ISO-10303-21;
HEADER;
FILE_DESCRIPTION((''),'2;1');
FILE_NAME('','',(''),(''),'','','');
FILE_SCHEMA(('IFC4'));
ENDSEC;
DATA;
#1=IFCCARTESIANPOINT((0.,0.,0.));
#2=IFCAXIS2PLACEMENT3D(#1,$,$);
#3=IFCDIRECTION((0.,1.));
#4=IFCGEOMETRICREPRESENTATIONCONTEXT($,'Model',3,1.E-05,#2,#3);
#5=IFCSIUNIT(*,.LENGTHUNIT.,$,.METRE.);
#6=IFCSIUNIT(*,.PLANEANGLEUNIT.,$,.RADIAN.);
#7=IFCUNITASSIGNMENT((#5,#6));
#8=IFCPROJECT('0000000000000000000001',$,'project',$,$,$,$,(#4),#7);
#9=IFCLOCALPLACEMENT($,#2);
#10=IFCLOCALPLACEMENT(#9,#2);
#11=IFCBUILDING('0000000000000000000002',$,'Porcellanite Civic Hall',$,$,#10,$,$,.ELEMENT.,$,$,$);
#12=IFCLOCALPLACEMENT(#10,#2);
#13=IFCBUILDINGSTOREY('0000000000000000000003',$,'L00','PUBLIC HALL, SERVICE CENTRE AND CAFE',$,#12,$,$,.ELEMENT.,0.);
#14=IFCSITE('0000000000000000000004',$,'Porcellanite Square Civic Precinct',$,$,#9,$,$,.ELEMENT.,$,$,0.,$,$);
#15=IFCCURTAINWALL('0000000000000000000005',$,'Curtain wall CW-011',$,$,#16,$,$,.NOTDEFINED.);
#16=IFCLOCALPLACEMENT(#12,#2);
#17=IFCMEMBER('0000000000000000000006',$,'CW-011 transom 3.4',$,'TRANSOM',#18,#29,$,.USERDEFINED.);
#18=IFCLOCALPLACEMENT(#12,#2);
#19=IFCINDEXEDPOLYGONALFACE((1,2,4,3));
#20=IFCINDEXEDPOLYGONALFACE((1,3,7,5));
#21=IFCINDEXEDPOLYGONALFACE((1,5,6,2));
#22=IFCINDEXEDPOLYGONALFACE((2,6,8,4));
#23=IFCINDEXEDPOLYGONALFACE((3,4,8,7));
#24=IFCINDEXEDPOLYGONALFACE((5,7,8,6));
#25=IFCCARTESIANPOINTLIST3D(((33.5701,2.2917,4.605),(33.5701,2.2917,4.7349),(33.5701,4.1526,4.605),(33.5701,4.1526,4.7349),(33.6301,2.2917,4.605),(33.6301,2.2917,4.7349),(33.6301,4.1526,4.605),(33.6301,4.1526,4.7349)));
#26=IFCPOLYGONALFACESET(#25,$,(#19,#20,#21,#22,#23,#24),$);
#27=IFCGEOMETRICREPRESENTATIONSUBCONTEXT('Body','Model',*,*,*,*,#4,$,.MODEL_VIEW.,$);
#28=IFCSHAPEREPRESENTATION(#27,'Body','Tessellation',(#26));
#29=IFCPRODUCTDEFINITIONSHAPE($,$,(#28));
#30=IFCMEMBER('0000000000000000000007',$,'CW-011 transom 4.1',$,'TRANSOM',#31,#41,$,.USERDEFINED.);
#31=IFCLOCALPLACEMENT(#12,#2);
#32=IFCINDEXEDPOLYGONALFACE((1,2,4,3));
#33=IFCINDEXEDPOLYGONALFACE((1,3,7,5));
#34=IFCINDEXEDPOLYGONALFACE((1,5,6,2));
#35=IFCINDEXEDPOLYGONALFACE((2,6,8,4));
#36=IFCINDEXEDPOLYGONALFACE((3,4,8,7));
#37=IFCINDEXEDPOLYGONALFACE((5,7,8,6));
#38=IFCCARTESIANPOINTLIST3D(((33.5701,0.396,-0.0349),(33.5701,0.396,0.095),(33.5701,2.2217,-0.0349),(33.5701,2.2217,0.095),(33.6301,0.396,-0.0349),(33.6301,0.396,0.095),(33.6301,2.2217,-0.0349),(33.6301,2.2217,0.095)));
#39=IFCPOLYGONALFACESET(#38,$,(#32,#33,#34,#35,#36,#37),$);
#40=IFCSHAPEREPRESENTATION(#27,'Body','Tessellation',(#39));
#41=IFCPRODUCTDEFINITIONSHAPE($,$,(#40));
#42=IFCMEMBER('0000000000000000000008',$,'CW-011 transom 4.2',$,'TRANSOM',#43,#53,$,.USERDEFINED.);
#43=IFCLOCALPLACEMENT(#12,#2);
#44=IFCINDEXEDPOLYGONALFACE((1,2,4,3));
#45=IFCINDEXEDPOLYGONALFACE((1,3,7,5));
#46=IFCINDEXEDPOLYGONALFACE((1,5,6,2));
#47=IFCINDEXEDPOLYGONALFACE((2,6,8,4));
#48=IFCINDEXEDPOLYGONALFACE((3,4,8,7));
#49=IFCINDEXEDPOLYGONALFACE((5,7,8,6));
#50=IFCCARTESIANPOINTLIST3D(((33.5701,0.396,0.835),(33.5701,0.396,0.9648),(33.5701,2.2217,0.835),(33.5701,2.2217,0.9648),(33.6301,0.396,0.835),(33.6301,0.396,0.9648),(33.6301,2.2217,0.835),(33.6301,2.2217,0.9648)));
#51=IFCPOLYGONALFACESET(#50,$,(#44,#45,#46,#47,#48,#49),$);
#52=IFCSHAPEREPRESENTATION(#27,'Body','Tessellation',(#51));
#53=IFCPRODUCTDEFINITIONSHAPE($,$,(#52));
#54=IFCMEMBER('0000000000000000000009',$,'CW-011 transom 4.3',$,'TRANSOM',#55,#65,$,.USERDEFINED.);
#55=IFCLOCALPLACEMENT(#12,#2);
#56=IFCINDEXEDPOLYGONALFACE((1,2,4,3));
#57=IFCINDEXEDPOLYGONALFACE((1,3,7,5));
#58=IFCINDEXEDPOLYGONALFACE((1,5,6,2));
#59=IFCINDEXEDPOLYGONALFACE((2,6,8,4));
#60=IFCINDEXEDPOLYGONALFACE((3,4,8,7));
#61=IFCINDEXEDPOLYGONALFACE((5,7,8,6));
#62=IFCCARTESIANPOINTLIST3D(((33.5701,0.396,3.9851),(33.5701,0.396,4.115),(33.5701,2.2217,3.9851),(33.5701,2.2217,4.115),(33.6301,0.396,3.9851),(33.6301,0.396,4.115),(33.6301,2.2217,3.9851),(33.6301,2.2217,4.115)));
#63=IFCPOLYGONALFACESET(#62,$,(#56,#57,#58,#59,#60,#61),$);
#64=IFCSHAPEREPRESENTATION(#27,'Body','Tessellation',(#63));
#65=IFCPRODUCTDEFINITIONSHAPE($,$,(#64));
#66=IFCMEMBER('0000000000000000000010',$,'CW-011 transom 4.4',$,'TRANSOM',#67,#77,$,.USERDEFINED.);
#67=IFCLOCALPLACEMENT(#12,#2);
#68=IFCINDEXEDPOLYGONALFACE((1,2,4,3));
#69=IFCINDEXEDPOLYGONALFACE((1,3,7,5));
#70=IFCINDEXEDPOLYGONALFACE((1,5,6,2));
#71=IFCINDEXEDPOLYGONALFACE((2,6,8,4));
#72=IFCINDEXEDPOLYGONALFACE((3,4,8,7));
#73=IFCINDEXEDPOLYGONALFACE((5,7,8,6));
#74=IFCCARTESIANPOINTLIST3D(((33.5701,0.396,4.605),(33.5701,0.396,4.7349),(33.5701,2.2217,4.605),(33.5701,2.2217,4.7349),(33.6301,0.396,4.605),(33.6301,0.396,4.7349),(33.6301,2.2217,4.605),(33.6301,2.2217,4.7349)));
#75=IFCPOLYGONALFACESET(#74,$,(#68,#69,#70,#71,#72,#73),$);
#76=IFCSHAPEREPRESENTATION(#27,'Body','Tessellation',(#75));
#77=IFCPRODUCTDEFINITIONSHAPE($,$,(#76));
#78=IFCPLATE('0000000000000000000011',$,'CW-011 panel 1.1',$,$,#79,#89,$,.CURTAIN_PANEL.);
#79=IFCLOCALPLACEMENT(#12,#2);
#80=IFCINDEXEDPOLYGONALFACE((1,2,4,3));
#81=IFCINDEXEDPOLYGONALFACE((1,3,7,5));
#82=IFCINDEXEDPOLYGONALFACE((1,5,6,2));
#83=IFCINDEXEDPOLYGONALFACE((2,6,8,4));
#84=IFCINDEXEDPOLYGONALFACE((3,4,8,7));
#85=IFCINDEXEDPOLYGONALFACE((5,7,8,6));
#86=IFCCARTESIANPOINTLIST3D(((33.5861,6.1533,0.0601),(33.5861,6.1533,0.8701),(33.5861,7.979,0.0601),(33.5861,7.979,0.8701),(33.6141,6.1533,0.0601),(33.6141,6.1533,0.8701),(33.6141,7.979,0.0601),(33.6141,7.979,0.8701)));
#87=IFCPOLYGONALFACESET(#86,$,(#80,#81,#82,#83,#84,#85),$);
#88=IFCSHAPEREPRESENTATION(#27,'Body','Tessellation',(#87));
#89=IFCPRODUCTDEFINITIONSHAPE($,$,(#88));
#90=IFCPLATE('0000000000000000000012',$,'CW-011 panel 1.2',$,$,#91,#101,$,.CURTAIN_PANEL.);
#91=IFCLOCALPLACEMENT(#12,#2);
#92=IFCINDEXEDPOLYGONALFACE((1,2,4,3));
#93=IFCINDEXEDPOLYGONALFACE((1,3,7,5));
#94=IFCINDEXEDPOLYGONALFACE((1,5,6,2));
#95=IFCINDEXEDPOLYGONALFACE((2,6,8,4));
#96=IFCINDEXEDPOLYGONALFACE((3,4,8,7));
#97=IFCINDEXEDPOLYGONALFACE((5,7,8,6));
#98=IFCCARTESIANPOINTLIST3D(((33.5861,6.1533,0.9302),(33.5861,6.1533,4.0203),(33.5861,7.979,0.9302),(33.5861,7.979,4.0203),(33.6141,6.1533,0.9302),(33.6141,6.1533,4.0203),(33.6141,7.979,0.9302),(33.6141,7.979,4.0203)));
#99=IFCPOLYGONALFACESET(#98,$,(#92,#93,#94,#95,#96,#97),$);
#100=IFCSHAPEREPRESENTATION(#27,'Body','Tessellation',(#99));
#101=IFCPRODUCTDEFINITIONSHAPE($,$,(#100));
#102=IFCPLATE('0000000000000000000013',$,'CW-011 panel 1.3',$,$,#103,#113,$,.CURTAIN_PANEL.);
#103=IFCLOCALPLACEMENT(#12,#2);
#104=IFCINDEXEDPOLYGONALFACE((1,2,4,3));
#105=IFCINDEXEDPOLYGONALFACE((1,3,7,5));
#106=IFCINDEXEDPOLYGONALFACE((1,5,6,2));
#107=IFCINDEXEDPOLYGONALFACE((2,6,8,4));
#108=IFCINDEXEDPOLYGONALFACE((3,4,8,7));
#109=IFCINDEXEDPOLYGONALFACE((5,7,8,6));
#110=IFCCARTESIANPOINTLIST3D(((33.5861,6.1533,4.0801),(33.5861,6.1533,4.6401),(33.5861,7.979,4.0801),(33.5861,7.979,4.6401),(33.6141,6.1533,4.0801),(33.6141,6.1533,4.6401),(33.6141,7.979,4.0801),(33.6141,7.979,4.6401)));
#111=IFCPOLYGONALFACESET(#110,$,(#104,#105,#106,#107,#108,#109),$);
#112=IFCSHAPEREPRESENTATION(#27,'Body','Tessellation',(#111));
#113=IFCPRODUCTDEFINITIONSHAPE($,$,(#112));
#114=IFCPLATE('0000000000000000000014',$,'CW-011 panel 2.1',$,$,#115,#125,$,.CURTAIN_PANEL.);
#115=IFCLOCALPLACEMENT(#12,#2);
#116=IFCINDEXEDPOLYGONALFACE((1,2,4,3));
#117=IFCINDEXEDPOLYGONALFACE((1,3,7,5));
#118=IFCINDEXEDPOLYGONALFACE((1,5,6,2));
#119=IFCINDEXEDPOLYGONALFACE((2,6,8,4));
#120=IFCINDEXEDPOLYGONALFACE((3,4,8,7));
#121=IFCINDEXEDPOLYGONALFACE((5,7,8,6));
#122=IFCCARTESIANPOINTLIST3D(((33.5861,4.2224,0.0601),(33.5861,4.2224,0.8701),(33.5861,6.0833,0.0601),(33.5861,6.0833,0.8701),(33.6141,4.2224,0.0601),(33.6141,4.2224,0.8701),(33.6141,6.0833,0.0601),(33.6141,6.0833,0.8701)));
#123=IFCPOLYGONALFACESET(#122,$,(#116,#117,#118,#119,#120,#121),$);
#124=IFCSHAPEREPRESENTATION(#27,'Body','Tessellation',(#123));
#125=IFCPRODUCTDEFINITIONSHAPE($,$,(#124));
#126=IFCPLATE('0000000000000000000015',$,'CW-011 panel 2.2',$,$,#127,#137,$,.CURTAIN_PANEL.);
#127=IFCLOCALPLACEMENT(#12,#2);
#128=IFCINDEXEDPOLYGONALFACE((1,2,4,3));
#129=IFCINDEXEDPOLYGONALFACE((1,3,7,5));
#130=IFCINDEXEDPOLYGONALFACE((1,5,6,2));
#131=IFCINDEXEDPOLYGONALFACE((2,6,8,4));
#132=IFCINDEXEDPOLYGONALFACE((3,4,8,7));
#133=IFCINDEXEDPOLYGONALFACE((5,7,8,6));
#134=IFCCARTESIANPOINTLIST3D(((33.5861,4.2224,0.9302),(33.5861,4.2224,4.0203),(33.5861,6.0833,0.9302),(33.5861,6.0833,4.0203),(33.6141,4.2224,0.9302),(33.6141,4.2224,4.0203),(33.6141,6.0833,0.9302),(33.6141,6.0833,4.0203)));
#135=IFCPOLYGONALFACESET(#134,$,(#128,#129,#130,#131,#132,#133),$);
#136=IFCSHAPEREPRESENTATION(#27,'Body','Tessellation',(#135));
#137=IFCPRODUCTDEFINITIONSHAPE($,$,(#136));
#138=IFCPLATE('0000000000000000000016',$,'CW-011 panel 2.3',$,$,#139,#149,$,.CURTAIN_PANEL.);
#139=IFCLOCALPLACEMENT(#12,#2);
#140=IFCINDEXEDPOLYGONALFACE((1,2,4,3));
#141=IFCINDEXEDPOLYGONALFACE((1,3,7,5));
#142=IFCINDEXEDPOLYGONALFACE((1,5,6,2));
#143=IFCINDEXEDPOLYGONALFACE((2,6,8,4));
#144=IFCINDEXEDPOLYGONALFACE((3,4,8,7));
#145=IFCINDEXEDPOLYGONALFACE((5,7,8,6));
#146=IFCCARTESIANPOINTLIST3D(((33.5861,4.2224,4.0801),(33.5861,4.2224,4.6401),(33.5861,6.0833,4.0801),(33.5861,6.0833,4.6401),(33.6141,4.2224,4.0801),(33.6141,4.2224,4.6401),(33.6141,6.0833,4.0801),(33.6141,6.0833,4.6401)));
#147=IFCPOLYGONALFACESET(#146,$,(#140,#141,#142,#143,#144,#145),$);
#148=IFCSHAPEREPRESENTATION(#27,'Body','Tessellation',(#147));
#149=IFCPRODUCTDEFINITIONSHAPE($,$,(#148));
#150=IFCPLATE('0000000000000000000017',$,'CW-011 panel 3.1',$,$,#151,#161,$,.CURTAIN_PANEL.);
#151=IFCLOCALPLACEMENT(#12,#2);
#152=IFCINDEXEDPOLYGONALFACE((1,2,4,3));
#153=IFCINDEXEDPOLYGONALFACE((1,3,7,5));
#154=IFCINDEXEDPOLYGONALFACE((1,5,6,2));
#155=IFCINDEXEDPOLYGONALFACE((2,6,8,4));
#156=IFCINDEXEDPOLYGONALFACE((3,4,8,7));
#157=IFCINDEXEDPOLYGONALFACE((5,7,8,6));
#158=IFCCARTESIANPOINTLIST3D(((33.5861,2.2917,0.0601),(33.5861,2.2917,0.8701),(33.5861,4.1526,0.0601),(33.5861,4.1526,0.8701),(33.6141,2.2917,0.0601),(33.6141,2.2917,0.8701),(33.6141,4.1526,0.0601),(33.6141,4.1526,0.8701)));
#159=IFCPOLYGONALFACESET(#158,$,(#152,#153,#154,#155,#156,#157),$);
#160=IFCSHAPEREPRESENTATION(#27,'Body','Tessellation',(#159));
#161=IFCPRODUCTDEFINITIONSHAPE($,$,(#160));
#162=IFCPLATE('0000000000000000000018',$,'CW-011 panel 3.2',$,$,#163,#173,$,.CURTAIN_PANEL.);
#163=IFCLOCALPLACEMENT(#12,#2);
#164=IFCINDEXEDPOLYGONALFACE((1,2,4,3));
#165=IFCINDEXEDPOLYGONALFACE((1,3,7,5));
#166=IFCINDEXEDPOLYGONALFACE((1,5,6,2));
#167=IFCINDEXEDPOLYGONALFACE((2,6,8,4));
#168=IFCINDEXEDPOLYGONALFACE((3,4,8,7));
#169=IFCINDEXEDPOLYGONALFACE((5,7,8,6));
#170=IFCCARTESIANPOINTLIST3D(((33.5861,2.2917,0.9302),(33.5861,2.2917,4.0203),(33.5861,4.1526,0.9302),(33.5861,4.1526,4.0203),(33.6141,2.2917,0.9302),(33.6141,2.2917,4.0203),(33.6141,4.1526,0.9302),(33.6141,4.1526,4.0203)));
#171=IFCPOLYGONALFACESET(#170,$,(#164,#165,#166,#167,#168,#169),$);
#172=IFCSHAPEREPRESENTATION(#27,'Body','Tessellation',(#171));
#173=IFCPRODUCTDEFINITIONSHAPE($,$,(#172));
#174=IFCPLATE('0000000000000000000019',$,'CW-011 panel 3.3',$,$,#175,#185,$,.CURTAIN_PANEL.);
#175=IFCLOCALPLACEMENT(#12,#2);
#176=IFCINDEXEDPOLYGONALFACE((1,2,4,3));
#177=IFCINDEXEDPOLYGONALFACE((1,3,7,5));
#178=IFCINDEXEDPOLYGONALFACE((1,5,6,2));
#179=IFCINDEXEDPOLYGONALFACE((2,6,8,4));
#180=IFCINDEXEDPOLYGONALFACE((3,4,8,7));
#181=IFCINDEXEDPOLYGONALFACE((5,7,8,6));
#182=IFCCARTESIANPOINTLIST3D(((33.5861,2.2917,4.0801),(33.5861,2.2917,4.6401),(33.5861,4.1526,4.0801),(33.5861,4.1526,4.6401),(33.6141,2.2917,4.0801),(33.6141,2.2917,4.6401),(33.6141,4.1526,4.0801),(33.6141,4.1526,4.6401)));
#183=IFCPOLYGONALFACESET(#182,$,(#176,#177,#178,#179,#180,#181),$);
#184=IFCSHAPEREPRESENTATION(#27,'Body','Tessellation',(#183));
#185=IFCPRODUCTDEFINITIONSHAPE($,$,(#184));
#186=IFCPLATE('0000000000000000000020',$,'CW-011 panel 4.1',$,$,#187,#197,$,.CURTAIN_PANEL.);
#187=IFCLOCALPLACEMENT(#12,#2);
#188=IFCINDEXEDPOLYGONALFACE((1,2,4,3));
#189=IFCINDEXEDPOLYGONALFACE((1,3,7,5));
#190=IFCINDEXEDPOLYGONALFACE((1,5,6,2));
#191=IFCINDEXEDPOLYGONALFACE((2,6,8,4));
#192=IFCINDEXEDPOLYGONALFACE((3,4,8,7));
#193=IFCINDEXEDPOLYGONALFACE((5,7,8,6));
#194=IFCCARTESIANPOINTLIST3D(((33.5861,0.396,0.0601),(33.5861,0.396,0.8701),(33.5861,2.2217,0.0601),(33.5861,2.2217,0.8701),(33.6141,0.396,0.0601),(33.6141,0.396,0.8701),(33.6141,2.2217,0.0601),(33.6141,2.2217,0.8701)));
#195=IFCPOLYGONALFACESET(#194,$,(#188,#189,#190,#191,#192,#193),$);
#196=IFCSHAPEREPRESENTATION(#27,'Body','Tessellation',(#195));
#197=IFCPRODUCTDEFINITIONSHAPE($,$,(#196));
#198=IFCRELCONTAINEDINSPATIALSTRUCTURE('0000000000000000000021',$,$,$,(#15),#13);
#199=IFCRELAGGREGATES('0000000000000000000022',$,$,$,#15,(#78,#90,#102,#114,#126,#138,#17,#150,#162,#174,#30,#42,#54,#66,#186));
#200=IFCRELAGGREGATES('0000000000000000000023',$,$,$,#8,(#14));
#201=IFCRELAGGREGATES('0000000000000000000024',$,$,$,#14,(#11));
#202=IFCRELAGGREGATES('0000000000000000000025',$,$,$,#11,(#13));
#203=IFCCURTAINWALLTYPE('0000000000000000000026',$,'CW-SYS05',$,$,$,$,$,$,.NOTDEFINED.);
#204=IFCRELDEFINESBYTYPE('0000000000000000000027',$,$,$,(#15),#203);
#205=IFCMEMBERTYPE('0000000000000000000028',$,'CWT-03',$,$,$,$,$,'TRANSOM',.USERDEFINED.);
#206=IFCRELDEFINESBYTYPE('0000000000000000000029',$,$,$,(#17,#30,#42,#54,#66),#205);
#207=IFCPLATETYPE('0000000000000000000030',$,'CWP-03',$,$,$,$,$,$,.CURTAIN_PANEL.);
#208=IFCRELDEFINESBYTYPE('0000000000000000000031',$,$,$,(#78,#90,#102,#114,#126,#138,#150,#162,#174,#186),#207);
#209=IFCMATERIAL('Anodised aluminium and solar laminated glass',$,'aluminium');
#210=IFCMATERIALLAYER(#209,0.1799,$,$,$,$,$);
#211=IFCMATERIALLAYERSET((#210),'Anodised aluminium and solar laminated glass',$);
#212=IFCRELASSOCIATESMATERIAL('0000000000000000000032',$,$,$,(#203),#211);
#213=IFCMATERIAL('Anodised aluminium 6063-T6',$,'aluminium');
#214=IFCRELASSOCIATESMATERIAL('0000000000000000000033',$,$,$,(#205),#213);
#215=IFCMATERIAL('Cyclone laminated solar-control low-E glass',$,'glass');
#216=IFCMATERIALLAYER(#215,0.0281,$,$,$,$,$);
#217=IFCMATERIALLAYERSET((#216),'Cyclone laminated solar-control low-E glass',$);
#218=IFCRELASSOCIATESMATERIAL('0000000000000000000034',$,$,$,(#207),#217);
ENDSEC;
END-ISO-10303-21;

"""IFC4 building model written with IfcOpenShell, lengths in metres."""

from ifc_helpers import new_model, si_unit, direction, frame, origin, origin_2d, place, context, subcontext, project, spatial, rectangle, extrude, material, layer, layer_set, material_profile, profile_set, type_object, element, aggregate, save


model = new_model("IFC4")

# Units and contexts
model_context = context("Model", 3, precision=1e-05, world=origin(), true_north=direction((0.0, 1.0)))
body_context = subcontext(model_context, "Body", "Model", "MODEL_VIEW")
ifc_project = project(units=[si_unit("LENGTHUNIT", "METRE"), si_unit("PLANEANGLEUNIT", "RADIAN")], contexts=[model_context])

# Site, building, storey
site_placement = place(None, origin())
site = spatial("IfcSite", under=ifc_project, at=site_placement, Name="Porcellanite Square Civic Precinct", CompositionType="ELEMENT", RefElevation=0.0)
building_placement = place(site_placement, origin())
building = spatial("IfcBuilding", under=site, at=building_placement, Name="Porcellanite Civic Hall", CompositionType="ELEMENT")
storey_placement = place(building_placement, origin())
storey = spatial("IfcBuildingStorey", under=building, at=storey_placement, Name="L00", Description="PUBLIC HALL, SERVICE CENTRE AND CAFE", CompositionType="ELEMENT", Elevation=0.0)

# Curtain wall, members, plates
ifc_material_1 = material(Name="Anodised aluminium and solar laminated glass", Category="aluminium")
ifc_layer_1 = layer(ifc_material_1, 0.1799)
ifc_layer_set_1 = layer_set([ifc_layer_1], Name="Anodised aluminium and solar laminated glass")
curtain_wall_type = type_object("IfcCurtainWallType", Name="CW-SYS05", PredefinedType="NOTDEFINED", material=ifc_layer_set_1)
curtain_wall_placement = place(storey_placement, origin())
curtain_wall = element("IfcCurtainWall", 1, at=curtain_wall_placement, inside=storey, type_object=curtain_wall_type, Name="Curtain wall CW-011", PredefinedType="NOTDEFINED")
ifc_material_2 = material(Name="Anodised aluminium 6063-T6", Category="aluminium")
ifc_material_profile_1 = material_profile(ifc_material_2, rectangle(XDim=0.0601, YDim=0.1299, at=origin_2d()), Name="AL-60x130")
ifc_profile_set_1 = profile_set([ifc_material_profile_1], Name="Anodised aluminium 6063-T6")
member_type_1 = type_object("IfcMemberType", Name="CWT-03", ElementType="TRANSOM", PredefinedType="USERDEFINED", material=ifc_profile_set_1)
member_1_placement = place(storey_placement, frame((33.6001, 4.1526, 4.6699), z_axis=(0.0, -1.0, 0.0), x_axis=(1.0, 0.0, 0.0)))
member_1 = element("IfcMember", 2, at=member_1_placement, type_object=member_type_1, Name="CW-011 transom 3.4", ObjectType="TRANSOM", PredefinedType="USERDEFINED", context=body_context, shape_type="SweptSolid", body=[
    extrude(rectangle(XDim=0.0601, YDim=0.1299, at=origin_2d()), origin(), (0.0, 0.0, 1.0), 1.8608),
])
member_2_placement = place(storey_placement, frame((33.6001, 2.2217, 0.03), z_axis=(0.0, -1.0, 0.0), x_axis=(1.0, 0.0, 0.0)))
member_2 = element("IfcMember", 3, at=member_2_placement, type_object=member_type_1, Name="CW-011 transom 4.1", ObjectType="TRANSOM", PredefinedType="USERDEFINED", context=body_context, shape_type="SweptSolid", body=[
    extrude(rectangle(XDim=0.0601, YDim=0.1299, at=origin_2d()), origin(), (0.0, 0.0, 1.0), 1.8257),
])
member_3_placement = place(storey_placement, frame((33.6001, 2.2217, 0.8999), z_axis=(0.0, -1.0, 0.0), x_axis=(1.0, 0.0, 0.0)))
member_3 = element("IfcMember", 4, at=member_3_placement, type_object=member_type_1, Name="CW-011 transom 4.2", ObjectType="TRANSOM", PredefinedType="USERDEFINED", context=body_context, shape_type="SweptSolid", body=[
    extrude(rectangle(XDim=0.0601, YDim=0.1299, at=origin_2d()), origin(), (0.0, 0.0, 1.0), 1.8257),
])
member_4_placement = place(storey_placement, frame((33.6001, 2.2217, 4.05), z_axis=(0.0, -1.0, 0.0), x_axis=(1.0, 0.0, 0.0)))
member_4 = element("IfcMember", 5, at=member_4_placement, type_object=member_type_1, Name="CW-011 transom 4.3", ObjectType="TRANSOM", PredefinedType="USERDEFINED", context=body_context, shape_type="SweptSolid", body=[
    extrude(rectangle(XDim=0.0601, YDim=0.1299, at=origin_2d()), origin(), (0.0, 0.0, 1.0), 1.8257),
])
member_5_placement = place(storey_placement, frame((33.6001, 2.2217, 4.6699), z_axis=(0.0, -1.0, 0.0), x_axis=(1.0, 0.0, 0.0)))
member_5 = element("IfcMember", 6, at=member_5_placement, type_object=member_type_1, Name="CW-011 transom 4.4", ObjectType="TRANSOM", PredefinedType="USERDEFINED", context=body_context, shape_type="SweptSolid", body=[
    extrude(rectangle(XDim=0.0601, YDim=0.1299, at=origin_2d()), origin(), (0.0, 0.0, 1.0), 1.8257),
])
ifc_material_3 = material(Name="Cyclone laminated solar-control low-E glass", Category="glass")
ifc_layer_2 = layer(ifc_material_3, 0.0281)
ifc_layer_set_2 = layer_set([ifc_layer_2], Name="Cyclone laminated solar-control low-E glass")
plate_type = type_object("IfcPlateType", Name="CWP-03", PredefinedType="CURTAIN_PANEL", material=ifc_layer_set_2)
plate_1_placement = place(storey_placement, frame((33.6001, 7.0662, 0.0601), z_axis=(0.0, 0.0, 1.0), x_axis=(0.0, -1.0, 0.0)))
plate_1 = element("IfcPlate", 7, at=plate_1_placement, type_object=plate_type, Name="CW-011 panel 1.1", PredefinedType="CURTAIN_PANEL", context=body_context, shape_type="SweptSolid", body=[
    extrude(rectangle(XDim=1.8257, YDim=0.0281, at=origin_2d()), origin(), (0.0, 0.0, 1.0), 0.8101),
])
plate_2_placement = place(storey_placement, frame((33.6001, 7.0662, 0.9302), z_axis=(0.0, 0.0, 1.0), x_axis=(0.0, -1.0, 0.0)))
plate_2 = element("IfcPlate", 8, at=plate_2_placement, type_object=plate_type, Name="CW-011 panel 1.2", PredefinedType="CURTAIN_PANEL", context=body_context, shape_type="SweptSolid", body=[
    extrude(rectangle(XDim=1.8257, YDim=0.0281, at=origin_2d()), origin(), (0.0, 0.0, 1.0), 3.0901),
])
plate_3_placement = place(storey_placement, frame((33.6001, 7.0662, 4.0801), z_axis=(0.0, 0.0, 1.0), x_axis=(0.0, -1.0, 0.0)))
plate_3 = element("IfcPlate", 9, at=plate_3_placement, type_object=plate_type, Name="CW-011 panel 1.3", PredefinedType="CURTAIN_PANEL", context=body_context, shape_type="SweptSolid", body=[
    extrude(rectangle(XDim=1.8257, YDim=0.0281, at=origin_2d()), origin(), (0.0, 0.0, 1.0), 0.5601),
])
plate_4_placement = place(storey_placement, frame((33.6001, 5.1528, 0.0601), z_axis=(0.0, 0.0, 1.0), x_axis=(0.0, -1.0, 0.0)))
plate_4 = element("IfcPlate", 10, at=plate_4_placement, type_object=plate_type, Name="CW-011 panel 2.1", PredefinedType="CURTAIN_PANEL", context=body_context, shape_type="SweptSolid", body=[
    extrude(rectangle(XDim=1.8608, YDim=0.0281, at=origin_2d()), origin(), (0.0, 0.0, 1.0), 0.8101),
])
plate_5_placement = place(storey_placement, frame((33.6001, 5.1528, 0.9302), z_axis=(0.0, 0.0, 1.0), x_axis=(0.0, -1.0, 0.0)))
plate_5 = element("IfcPlate", 11, at=plate_5_placement, type_object=plate_type, Name="CW-011 panel 2.2", PredefinedType="CURTAIN_PANEL", context=body_context, shape_type="SweptSolid", body=[
    extrude(rectangle(XDim=1.8608, YDim=0.0281, at=origin_2d()), origin(), (0.0, 0.0, 1.0), 3.0901),
])
plate_6_placement = place(storey_placement, frame((33.6001, 5.1528, 4.0801), z_axis=(0.0, 0.0, 1.0), x_axis=(0.0, -1.0, 0.0)))
plate_6 = element("IfcPlate", 12, at=plate_6_placement, type_object=plate_type, Name="CW-011 panel 2.3", PredefinedType="CURTAIN_PANEL", context=body_context, shape_type="SweptSolid", body=[
    extrude(rectangle(XDim=1.8608, YDim=0.0281, at=origin_2d()), origin(), (0.0, 0.0, 1.0), 0.5601),
])
plate_7_placement = place(storey_placement, frame((33.6001, 3.2222, 0.0601), z_axis=(0.0, 0.0, 1.0), x_axis=(0.0, -1.0, 0.0)))
plate_7 = element("IfcPlate", 13, at=plate_7_placement, type_object=plate_type, Name="CW-011 panel 3.1", PredefinedType="CURTAIN_PANEL", context=body_context, shape_type="SweptSolid", body=[
    extrude(rectangle(XDim=1.8608, YDim=0.0281, at=origin_2d()), origin(), (0.0, 0.0, 1.0), 0.8101),
])
plate_8_placement = place(storey_placement, frame((33.6001, 3.2222, 0.9302), z_axis=(0.0, 0.0, 1.0), x_axis=(0.0, -1.0, 0.0)))
plate_8 = element("IfcPlate", 14, at=plate_8_placement, type_object=plate_type, Name="CW-011 panel 3.2", PredefinedType="CURTAIN_PANEL", context=body_context, shape_type="SweptSolid", body=[
    extrude(rectangle(XDim=1.8608, YDim=0.0281, at=origin_2d()), origin(), (0.0, 0.0, 1.0), 3.0901),
])
plate_9_placement = place(storey_placement, frame((33.6001, 3.2222, 4.0801), z_axis=(0.0, 0.0, 1.0), x_axis=(0.0, -1.0, 0.0)))
plate_9 = element("IfcPlate", 15, at=plate_9_placement, type_object=plate_type, Name="CW-011 panel 3.3", PredefinedType="CURTAIN_PANEL", context=body_context, shape_type="SweptSolid", body=[
    extrude(rectangle(XDim=1.8608, YDim=0.0281, at=origin_2d()), origin(), (0.0, 0.0, 1.0), 0.5601),
])
plate_10_placement = place(storey_placement, frame((33.6001, 1.3088, 0.0601), z_axis=(0.0, 0.0, 1.0), x_axis=(0.0, -1.0, 0.0)))
plate_10 = element("IfcPlate", 16, at=plate_10_placement, type_object=plate_type, Name="CW-011 panel 4.1", PredefinedType="CURTAIN_PANEL", context=body_context, shape_type="SweptSolid", body=[
    extrude(rectangle(XDim=1.8257, YDim=0.0281, at=origin_2d()), origin(), (0.0, 0.0, 1.0), 0.8101),
])
aggregate(curtain_wall, [plate_1, plate_2, plate_3, plate_4, plate_5, plate_6, member_1, plate_7, plate_8, plate_9, member_2, member_3, member_4, member_5, plate_10])

save(model, "model.ifc")
